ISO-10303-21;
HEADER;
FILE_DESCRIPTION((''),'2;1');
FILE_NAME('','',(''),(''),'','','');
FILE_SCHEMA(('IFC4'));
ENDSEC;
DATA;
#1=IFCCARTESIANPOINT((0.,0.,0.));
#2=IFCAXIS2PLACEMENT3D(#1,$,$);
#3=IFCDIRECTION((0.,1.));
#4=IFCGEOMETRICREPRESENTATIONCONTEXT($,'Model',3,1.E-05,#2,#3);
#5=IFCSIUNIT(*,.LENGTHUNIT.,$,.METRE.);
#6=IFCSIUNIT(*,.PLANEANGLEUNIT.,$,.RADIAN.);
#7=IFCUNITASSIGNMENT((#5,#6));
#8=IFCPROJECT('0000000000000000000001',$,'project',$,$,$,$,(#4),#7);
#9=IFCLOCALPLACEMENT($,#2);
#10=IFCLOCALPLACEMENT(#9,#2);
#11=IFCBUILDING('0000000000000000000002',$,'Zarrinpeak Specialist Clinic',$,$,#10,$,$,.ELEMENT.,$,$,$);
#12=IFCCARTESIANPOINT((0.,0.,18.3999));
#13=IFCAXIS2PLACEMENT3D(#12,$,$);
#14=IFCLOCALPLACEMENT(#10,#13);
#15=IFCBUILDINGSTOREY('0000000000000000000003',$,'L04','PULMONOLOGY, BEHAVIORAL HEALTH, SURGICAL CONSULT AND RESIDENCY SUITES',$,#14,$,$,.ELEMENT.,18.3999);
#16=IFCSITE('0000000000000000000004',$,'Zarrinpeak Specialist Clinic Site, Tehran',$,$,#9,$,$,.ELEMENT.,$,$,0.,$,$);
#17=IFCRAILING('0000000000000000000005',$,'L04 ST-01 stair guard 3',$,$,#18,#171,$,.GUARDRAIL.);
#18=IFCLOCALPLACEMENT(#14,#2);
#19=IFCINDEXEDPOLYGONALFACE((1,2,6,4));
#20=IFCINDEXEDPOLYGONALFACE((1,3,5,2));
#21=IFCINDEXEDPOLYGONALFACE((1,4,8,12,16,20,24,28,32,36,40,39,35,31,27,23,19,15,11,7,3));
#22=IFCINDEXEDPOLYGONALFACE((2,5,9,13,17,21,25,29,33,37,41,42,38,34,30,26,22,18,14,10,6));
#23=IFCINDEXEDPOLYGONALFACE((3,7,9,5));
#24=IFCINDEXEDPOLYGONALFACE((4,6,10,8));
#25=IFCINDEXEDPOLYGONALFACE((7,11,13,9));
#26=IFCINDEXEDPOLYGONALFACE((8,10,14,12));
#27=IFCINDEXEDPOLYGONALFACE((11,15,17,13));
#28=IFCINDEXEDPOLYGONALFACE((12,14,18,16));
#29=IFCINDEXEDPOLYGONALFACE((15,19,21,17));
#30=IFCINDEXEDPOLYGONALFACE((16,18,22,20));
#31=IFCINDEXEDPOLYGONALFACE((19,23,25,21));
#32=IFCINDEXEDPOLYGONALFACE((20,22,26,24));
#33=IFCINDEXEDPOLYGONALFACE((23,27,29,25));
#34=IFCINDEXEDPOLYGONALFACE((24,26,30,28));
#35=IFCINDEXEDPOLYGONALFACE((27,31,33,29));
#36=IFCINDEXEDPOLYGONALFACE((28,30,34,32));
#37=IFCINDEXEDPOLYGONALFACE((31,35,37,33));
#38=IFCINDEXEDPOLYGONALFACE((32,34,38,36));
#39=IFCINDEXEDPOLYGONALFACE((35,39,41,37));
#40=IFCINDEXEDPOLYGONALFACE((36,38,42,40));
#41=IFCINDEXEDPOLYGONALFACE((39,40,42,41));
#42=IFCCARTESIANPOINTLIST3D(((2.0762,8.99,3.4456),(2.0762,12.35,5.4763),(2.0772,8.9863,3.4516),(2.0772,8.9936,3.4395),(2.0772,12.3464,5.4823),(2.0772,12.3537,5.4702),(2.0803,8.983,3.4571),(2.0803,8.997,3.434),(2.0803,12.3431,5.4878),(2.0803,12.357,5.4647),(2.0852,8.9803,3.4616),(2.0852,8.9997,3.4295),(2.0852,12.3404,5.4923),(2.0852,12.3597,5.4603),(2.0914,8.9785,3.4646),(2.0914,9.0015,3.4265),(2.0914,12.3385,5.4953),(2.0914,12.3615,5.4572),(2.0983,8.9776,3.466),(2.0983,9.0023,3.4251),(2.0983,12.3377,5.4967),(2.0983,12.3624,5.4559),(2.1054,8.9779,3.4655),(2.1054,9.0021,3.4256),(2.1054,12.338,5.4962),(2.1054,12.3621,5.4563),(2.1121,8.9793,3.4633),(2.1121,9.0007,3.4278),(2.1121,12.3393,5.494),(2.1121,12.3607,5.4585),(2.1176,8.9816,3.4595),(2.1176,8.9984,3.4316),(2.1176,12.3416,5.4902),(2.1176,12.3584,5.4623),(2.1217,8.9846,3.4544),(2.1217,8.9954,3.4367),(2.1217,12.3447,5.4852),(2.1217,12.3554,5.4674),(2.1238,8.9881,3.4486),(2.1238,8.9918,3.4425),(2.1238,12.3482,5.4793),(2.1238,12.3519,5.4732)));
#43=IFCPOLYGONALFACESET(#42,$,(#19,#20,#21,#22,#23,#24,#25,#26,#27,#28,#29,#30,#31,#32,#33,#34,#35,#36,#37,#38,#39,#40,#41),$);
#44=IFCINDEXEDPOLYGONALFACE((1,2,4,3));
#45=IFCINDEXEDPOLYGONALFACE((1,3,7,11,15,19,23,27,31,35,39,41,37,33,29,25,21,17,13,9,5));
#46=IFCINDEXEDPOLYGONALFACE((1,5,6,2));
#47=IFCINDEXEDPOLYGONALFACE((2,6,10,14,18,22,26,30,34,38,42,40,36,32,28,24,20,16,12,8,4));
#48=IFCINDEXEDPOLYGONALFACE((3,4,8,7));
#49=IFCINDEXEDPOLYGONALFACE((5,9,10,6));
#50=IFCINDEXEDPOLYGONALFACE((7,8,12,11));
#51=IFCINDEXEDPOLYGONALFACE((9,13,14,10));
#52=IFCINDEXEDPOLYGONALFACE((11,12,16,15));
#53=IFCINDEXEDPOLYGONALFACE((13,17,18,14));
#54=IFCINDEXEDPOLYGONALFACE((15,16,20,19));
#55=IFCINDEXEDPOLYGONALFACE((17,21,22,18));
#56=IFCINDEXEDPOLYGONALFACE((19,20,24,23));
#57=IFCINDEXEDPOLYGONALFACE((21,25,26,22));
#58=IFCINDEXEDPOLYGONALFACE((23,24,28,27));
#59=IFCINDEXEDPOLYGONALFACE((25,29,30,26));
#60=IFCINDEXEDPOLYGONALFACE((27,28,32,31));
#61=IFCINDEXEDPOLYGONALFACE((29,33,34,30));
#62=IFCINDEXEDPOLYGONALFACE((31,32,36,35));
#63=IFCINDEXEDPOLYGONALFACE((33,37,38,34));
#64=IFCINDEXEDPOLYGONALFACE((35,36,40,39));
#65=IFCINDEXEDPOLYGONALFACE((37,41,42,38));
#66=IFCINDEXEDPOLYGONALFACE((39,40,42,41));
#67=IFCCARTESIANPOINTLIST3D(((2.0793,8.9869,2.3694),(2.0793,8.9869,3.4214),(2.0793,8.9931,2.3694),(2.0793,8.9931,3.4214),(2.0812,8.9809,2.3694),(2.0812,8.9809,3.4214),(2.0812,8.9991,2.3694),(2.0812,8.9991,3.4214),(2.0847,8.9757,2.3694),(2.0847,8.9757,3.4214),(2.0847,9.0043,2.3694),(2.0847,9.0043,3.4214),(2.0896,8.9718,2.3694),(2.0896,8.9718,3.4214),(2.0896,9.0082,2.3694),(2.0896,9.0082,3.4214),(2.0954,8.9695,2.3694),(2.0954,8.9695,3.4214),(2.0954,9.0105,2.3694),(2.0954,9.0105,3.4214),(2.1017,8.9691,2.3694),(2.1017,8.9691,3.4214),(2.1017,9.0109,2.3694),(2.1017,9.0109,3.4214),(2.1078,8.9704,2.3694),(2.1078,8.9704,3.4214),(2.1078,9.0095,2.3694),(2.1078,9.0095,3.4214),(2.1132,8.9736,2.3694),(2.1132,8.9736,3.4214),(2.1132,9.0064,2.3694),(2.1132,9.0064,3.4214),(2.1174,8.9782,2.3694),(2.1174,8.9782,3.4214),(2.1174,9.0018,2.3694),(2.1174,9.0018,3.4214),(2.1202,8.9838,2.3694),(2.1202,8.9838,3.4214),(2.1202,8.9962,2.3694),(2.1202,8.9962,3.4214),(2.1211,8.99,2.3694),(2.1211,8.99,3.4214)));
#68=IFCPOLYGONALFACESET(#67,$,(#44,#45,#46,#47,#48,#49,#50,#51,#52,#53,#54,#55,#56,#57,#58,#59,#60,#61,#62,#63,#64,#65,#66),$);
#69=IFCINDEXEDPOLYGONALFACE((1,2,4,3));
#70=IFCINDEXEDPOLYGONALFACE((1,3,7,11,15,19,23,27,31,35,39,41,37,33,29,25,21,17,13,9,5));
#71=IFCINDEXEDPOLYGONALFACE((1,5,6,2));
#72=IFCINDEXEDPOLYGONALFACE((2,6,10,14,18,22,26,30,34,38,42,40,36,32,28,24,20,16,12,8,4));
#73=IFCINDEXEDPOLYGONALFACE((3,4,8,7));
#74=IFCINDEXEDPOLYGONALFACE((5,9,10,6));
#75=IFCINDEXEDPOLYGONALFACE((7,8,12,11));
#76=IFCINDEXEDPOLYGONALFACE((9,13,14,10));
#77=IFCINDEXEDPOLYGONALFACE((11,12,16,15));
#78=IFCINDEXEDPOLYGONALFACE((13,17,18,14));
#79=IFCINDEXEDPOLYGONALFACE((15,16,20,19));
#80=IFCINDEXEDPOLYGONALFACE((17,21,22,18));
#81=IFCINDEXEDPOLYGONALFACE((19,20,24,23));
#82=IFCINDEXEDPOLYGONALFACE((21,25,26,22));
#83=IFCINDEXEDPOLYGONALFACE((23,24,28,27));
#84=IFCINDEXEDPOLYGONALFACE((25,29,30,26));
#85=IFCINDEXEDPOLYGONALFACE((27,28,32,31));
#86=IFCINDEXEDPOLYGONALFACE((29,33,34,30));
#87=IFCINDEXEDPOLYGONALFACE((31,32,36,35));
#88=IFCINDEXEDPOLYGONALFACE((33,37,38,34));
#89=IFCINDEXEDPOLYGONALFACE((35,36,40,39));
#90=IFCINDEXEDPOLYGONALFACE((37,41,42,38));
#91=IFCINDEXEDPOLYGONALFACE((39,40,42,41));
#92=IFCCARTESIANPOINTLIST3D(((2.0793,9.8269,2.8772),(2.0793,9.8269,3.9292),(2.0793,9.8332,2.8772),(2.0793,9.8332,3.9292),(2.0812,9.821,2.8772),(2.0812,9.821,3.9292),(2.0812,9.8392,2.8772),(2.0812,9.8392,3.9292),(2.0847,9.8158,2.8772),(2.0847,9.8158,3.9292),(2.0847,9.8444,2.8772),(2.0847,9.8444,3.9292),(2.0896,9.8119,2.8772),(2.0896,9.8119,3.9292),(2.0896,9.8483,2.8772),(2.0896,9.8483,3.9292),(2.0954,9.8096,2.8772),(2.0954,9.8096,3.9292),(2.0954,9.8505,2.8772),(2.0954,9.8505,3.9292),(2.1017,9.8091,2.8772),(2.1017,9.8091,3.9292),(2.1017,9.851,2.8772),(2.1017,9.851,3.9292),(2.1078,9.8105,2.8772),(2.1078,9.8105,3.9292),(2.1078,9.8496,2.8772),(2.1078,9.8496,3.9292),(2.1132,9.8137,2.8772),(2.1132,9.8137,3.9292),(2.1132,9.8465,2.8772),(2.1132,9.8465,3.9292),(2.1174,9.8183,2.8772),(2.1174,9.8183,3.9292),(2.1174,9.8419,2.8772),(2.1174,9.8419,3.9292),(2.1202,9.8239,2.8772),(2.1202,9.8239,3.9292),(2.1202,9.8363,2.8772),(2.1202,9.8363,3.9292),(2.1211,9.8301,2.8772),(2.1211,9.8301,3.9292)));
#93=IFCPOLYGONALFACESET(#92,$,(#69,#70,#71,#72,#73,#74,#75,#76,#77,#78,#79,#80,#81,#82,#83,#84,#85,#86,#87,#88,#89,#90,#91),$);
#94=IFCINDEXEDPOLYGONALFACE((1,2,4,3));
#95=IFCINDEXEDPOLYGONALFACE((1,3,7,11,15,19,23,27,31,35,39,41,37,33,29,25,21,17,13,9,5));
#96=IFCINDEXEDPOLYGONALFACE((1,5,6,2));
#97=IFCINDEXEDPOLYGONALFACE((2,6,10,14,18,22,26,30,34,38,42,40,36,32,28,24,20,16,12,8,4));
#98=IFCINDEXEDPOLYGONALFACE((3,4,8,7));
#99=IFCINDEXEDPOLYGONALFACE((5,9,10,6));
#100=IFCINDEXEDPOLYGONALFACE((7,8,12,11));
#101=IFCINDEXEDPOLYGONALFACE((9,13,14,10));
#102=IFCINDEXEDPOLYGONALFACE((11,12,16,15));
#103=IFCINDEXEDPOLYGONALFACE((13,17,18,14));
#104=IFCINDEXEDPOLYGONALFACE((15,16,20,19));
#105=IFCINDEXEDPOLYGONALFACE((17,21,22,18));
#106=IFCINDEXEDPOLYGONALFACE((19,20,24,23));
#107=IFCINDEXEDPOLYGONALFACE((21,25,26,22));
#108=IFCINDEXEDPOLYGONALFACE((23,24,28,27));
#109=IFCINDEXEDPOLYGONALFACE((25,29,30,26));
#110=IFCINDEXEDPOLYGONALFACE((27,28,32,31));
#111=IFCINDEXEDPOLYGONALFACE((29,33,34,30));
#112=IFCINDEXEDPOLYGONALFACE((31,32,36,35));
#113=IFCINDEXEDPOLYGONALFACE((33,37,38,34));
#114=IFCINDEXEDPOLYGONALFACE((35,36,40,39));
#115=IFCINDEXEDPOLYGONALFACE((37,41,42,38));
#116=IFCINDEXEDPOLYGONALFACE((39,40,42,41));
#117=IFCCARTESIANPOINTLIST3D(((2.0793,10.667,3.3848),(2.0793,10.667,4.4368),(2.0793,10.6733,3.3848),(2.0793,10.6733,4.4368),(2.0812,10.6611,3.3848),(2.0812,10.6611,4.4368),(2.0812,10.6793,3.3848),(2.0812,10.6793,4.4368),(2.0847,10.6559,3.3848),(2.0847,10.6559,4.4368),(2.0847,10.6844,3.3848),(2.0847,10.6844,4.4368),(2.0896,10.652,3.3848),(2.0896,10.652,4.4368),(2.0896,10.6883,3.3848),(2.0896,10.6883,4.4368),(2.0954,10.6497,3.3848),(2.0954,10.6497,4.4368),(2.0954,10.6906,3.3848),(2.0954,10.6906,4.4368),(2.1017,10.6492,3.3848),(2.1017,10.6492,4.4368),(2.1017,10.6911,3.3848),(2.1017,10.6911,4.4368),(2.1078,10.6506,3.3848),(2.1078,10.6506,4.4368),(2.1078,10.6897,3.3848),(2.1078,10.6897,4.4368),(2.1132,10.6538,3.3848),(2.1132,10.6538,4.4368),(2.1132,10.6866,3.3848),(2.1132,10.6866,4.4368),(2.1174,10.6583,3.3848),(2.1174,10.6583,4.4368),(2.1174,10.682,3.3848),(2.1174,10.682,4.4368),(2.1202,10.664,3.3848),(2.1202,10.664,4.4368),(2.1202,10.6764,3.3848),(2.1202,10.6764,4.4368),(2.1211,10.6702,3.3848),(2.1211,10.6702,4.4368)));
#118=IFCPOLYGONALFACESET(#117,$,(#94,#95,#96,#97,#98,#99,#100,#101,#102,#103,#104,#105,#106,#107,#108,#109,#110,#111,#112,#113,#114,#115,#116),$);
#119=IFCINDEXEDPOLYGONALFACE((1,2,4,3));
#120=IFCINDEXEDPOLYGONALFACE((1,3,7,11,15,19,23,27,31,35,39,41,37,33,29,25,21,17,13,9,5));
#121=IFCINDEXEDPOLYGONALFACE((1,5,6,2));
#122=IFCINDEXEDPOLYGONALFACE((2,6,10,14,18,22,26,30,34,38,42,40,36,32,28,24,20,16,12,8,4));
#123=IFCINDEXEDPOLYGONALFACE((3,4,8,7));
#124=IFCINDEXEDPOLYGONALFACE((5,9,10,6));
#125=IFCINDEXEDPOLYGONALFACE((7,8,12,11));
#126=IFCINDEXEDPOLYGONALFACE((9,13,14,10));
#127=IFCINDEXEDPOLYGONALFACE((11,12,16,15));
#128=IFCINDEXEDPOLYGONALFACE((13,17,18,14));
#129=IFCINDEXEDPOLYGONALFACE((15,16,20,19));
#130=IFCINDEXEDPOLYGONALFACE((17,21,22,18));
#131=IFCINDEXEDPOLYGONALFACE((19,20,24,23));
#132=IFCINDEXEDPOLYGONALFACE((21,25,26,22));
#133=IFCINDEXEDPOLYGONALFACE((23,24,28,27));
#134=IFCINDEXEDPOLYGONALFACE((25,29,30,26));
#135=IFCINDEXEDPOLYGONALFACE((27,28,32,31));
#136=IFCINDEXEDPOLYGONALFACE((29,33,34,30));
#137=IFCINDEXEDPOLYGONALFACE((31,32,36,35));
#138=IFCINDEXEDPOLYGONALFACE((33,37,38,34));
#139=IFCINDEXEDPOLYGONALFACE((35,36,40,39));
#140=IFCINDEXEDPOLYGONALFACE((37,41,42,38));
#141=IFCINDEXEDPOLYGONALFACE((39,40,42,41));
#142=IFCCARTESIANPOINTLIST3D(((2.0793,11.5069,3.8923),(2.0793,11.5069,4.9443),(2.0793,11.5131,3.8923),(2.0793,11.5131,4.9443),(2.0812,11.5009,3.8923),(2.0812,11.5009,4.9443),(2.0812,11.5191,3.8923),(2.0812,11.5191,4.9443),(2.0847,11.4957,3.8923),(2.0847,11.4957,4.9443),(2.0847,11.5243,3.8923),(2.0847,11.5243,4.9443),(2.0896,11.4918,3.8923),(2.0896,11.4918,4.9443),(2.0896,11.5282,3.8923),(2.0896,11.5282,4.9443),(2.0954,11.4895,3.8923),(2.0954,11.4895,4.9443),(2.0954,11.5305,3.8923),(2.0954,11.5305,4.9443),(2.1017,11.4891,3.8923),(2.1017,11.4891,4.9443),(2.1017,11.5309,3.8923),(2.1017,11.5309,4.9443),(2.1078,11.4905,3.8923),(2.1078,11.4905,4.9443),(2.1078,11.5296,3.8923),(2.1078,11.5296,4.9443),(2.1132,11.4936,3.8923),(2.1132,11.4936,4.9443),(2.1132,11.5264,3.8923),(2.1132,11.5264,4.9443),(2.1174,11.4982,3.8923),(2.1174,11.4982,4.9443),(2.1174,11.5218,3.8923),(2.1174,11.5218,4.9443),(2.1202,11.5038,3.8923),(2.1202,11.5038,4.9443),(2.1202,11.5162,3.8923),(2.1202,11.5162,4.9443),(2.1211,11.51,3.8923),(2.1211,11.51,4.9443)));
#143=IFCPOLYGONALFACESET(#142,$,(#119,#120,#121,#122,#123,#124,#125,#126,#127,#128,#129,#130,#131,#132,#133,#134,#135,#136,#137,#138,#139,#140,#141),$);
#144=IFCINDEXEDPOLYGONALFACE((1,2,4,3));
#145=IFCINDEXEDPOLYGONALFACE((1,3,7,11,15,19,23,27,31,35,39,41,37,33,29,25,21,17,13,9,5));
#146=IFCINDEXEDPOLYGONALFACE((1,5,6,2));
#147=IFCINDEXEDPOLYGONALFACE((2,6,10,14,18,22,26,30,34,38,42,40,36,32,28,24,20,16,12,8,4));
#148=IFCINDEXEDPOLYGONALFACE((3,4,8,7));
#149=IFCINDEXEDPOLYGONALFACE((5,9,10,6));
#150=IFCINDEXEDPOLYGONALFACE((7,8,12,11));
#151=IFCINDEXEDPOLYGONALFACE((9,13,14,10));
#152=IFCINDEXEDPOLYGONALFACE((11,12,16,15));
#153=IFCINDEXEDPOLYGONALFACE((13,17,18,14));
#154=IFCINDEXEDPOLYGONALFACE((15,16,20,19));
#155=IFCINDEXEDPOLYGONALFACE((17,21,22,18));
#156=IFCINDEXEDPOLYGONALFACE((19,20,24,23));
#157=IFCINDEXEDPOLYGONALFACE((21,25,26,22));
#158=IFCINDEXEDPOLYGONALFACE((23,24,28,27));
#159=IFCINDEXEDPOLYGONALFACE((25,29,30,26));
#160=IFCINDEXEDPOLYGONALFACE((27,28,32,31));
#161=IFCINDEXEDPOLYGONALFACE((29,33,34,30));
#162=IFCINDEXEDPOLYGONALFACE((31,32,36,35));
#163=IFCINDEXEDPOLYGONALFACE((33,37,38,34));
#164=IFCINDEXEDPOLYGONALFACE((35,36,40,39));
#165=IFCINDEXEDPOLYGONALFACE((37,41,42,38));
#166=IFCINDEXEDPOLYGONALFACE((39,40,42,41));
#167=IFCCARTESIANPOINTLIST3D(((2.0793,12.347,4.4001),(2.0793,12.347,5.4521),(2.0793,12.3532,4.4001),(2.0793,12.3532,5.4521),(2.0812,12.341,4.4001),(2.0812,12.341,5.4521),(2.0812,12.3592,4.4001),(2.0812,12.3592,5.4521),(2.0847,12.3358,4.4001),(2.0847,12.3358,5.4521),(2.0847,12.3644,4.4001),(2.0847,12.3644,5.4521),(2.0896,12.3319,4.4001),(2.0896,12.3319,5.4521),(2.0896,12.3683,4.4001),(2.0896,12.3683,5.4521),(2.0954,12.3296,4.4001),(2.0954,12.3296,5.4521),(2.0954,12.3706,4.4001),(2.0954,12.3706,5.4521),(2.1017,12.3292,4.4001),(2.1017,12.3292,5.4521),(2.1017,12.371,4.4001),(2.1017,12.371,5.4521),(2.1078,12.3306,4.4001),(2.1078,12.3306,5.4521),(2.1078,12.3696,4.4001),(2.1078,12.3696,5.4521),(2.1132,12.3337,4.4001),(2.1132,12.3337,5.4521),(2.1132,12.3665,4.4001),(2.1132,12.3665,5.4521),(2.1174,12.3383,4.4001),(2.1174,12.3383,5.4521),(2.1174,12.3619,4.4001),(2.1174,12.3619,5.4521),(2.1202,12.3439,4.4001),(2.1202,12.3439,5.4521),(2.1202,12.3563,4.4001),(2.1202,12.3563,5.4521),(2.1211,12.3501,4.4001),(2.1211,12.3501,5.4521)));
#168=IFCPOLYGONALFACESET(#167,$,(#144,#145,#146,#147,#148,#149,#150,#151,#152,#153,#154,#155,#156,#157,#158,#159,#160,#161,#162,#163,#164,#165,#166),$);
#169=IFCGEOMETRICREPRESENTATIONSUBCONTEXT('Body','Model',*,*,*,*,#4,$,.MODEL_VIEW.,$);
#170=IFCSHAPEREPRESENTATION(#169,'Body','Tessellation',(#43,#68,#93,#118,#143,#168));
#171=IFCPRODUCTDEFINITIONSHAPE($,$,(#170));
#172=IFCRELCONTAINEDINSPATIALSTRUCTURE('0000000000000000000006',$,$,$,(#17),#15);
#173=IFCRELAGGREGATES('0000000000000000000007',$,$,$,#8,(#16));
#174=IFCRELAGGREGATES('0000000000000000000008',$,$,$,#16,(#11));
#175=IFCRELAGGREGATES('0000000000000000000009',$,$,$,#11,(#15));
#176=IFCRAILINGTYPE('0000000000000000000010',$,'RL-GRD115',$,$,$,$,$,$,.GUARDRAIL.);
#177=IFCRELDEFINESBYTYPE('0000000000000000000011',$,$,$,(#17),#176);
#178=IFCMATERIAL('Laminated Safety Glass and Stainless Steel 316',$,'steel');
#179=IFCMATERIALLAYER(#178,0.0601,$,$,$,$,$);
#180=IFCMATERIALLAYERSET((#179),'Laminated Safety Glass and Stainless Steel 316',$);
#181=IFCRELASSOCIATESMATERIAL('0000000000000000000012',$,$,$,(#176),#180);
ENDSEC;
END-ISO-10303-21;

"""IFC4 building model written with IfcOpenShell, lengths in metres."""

from ifc_helpers import new_model, si_unit, direction, frame, origin, origin_2d, place, context, subcontext, project, spatial, circle, extrude, material, layer, layer_set, type_object, element, save


model = new_model("IFC4")

# Units and contexts
model_context = context("Model", 3, precision=1e-05, world=origin(), true_north=direction((0.0, 1.0)))
body_context = subcontext(model_context, "Body", "Model", "MODEL_VIEW")
ifc_project = project(units=[si_unit("LENGTHUNIT", "METRE"), si_unit("PLANEANGLEUNIT", "RADIAN")], contexts=[model_context])

# Site, building, storey
site_placement = place(None, origin())
site = spatial("IfcSite", under=ifc_project, at=site_placement, Name="Zarrinpeak Specialist Clinic Site, Tehran", CompositionType="ELEMENT", RefElevation=0.0)
building_placement = place(site_placement, origin())
building = spatial("IfcBuilding", under=site, at=building_placement, Name="Zarrinpeak Specialist Clinic", CompositionType="ELEMENT")
storey_placement = place(building_placement, frame((0.0, 0.0, 18.3999)))
storey = spatial("IfcBuildingStorey", under=building, at=storey_placement, Name="L04", Description="PULMONOLOGY, BEHAVIORAL HEALTH, SURGICAL CONSULT AND RESIDENCY SUITES", CompositionType="ELEMENT", Elevation=18.3999)

# Railing
ifc_material_1 = material(Name="Laminated Safety Glass and Stainless Steel 316", Category="steel")
ifc_layer_1 = layer(ifc_material_1, 0.0601)
ifc_layer_set_1 = layer_set([ifc_layer_1], Name="Laminated Safety Glass and Stainless Steel 316")
railing_type_1 = type_object("IfcRailingType", Name="RL-GRD115", PredefinedType="GUARDRAIL", material=ifc_layer_set_1)
railing_1_placement = place(storey_placement, frame((2.1001, 8.99, 2.3694)))
element("IfcRailing", 1, at=railing_1_placement, inside=storey, type_object=railing_type_1, Name="L04 ST-01 stair guard 3", PredefinedType="GUARDRAIL", context=body_context, shape_type="SweptSolid", body=[
    extrude(circle(Radius=0.0239, at=origin_2d()), frame((0.0, 0.0, 1.0762), z_axis=(0.0, 0.855837, 0.517246), x_axis=(-1.0, 0.0, 0.0)), (0.0, 0.0, 1.0), 3.926),
    extrude(circle(Radius=0.021, at=origin_2d()), origin(), (0.0, 0.0, 1.0), 1.052),
    extrude(circle(Radius=0.021, at=origin_2d()), frame((0.0, 0.8401, 0.5078)), (0.0, 0.0, 1.0), 1.052),
    extrude(circle(Radius=0.021, at=origin_2d()), frame((0.0, 1.6802, 1.0154)), (0.0, 0.0, 1.0), 1.052),
    extrude(circle(Radius=0.021, at=origin_2d()), frame((0.0, 2.52, 1.5229)), (0.0, 0.0, 1.0), 1.052),
    extrude(circle(Radius=0.021, at=origin_2d()), frame((0.0, 3.3601, 2.0308)), (0.0, 0.0, 1.0), 1.052),
])

save(model, "model.ifc")
